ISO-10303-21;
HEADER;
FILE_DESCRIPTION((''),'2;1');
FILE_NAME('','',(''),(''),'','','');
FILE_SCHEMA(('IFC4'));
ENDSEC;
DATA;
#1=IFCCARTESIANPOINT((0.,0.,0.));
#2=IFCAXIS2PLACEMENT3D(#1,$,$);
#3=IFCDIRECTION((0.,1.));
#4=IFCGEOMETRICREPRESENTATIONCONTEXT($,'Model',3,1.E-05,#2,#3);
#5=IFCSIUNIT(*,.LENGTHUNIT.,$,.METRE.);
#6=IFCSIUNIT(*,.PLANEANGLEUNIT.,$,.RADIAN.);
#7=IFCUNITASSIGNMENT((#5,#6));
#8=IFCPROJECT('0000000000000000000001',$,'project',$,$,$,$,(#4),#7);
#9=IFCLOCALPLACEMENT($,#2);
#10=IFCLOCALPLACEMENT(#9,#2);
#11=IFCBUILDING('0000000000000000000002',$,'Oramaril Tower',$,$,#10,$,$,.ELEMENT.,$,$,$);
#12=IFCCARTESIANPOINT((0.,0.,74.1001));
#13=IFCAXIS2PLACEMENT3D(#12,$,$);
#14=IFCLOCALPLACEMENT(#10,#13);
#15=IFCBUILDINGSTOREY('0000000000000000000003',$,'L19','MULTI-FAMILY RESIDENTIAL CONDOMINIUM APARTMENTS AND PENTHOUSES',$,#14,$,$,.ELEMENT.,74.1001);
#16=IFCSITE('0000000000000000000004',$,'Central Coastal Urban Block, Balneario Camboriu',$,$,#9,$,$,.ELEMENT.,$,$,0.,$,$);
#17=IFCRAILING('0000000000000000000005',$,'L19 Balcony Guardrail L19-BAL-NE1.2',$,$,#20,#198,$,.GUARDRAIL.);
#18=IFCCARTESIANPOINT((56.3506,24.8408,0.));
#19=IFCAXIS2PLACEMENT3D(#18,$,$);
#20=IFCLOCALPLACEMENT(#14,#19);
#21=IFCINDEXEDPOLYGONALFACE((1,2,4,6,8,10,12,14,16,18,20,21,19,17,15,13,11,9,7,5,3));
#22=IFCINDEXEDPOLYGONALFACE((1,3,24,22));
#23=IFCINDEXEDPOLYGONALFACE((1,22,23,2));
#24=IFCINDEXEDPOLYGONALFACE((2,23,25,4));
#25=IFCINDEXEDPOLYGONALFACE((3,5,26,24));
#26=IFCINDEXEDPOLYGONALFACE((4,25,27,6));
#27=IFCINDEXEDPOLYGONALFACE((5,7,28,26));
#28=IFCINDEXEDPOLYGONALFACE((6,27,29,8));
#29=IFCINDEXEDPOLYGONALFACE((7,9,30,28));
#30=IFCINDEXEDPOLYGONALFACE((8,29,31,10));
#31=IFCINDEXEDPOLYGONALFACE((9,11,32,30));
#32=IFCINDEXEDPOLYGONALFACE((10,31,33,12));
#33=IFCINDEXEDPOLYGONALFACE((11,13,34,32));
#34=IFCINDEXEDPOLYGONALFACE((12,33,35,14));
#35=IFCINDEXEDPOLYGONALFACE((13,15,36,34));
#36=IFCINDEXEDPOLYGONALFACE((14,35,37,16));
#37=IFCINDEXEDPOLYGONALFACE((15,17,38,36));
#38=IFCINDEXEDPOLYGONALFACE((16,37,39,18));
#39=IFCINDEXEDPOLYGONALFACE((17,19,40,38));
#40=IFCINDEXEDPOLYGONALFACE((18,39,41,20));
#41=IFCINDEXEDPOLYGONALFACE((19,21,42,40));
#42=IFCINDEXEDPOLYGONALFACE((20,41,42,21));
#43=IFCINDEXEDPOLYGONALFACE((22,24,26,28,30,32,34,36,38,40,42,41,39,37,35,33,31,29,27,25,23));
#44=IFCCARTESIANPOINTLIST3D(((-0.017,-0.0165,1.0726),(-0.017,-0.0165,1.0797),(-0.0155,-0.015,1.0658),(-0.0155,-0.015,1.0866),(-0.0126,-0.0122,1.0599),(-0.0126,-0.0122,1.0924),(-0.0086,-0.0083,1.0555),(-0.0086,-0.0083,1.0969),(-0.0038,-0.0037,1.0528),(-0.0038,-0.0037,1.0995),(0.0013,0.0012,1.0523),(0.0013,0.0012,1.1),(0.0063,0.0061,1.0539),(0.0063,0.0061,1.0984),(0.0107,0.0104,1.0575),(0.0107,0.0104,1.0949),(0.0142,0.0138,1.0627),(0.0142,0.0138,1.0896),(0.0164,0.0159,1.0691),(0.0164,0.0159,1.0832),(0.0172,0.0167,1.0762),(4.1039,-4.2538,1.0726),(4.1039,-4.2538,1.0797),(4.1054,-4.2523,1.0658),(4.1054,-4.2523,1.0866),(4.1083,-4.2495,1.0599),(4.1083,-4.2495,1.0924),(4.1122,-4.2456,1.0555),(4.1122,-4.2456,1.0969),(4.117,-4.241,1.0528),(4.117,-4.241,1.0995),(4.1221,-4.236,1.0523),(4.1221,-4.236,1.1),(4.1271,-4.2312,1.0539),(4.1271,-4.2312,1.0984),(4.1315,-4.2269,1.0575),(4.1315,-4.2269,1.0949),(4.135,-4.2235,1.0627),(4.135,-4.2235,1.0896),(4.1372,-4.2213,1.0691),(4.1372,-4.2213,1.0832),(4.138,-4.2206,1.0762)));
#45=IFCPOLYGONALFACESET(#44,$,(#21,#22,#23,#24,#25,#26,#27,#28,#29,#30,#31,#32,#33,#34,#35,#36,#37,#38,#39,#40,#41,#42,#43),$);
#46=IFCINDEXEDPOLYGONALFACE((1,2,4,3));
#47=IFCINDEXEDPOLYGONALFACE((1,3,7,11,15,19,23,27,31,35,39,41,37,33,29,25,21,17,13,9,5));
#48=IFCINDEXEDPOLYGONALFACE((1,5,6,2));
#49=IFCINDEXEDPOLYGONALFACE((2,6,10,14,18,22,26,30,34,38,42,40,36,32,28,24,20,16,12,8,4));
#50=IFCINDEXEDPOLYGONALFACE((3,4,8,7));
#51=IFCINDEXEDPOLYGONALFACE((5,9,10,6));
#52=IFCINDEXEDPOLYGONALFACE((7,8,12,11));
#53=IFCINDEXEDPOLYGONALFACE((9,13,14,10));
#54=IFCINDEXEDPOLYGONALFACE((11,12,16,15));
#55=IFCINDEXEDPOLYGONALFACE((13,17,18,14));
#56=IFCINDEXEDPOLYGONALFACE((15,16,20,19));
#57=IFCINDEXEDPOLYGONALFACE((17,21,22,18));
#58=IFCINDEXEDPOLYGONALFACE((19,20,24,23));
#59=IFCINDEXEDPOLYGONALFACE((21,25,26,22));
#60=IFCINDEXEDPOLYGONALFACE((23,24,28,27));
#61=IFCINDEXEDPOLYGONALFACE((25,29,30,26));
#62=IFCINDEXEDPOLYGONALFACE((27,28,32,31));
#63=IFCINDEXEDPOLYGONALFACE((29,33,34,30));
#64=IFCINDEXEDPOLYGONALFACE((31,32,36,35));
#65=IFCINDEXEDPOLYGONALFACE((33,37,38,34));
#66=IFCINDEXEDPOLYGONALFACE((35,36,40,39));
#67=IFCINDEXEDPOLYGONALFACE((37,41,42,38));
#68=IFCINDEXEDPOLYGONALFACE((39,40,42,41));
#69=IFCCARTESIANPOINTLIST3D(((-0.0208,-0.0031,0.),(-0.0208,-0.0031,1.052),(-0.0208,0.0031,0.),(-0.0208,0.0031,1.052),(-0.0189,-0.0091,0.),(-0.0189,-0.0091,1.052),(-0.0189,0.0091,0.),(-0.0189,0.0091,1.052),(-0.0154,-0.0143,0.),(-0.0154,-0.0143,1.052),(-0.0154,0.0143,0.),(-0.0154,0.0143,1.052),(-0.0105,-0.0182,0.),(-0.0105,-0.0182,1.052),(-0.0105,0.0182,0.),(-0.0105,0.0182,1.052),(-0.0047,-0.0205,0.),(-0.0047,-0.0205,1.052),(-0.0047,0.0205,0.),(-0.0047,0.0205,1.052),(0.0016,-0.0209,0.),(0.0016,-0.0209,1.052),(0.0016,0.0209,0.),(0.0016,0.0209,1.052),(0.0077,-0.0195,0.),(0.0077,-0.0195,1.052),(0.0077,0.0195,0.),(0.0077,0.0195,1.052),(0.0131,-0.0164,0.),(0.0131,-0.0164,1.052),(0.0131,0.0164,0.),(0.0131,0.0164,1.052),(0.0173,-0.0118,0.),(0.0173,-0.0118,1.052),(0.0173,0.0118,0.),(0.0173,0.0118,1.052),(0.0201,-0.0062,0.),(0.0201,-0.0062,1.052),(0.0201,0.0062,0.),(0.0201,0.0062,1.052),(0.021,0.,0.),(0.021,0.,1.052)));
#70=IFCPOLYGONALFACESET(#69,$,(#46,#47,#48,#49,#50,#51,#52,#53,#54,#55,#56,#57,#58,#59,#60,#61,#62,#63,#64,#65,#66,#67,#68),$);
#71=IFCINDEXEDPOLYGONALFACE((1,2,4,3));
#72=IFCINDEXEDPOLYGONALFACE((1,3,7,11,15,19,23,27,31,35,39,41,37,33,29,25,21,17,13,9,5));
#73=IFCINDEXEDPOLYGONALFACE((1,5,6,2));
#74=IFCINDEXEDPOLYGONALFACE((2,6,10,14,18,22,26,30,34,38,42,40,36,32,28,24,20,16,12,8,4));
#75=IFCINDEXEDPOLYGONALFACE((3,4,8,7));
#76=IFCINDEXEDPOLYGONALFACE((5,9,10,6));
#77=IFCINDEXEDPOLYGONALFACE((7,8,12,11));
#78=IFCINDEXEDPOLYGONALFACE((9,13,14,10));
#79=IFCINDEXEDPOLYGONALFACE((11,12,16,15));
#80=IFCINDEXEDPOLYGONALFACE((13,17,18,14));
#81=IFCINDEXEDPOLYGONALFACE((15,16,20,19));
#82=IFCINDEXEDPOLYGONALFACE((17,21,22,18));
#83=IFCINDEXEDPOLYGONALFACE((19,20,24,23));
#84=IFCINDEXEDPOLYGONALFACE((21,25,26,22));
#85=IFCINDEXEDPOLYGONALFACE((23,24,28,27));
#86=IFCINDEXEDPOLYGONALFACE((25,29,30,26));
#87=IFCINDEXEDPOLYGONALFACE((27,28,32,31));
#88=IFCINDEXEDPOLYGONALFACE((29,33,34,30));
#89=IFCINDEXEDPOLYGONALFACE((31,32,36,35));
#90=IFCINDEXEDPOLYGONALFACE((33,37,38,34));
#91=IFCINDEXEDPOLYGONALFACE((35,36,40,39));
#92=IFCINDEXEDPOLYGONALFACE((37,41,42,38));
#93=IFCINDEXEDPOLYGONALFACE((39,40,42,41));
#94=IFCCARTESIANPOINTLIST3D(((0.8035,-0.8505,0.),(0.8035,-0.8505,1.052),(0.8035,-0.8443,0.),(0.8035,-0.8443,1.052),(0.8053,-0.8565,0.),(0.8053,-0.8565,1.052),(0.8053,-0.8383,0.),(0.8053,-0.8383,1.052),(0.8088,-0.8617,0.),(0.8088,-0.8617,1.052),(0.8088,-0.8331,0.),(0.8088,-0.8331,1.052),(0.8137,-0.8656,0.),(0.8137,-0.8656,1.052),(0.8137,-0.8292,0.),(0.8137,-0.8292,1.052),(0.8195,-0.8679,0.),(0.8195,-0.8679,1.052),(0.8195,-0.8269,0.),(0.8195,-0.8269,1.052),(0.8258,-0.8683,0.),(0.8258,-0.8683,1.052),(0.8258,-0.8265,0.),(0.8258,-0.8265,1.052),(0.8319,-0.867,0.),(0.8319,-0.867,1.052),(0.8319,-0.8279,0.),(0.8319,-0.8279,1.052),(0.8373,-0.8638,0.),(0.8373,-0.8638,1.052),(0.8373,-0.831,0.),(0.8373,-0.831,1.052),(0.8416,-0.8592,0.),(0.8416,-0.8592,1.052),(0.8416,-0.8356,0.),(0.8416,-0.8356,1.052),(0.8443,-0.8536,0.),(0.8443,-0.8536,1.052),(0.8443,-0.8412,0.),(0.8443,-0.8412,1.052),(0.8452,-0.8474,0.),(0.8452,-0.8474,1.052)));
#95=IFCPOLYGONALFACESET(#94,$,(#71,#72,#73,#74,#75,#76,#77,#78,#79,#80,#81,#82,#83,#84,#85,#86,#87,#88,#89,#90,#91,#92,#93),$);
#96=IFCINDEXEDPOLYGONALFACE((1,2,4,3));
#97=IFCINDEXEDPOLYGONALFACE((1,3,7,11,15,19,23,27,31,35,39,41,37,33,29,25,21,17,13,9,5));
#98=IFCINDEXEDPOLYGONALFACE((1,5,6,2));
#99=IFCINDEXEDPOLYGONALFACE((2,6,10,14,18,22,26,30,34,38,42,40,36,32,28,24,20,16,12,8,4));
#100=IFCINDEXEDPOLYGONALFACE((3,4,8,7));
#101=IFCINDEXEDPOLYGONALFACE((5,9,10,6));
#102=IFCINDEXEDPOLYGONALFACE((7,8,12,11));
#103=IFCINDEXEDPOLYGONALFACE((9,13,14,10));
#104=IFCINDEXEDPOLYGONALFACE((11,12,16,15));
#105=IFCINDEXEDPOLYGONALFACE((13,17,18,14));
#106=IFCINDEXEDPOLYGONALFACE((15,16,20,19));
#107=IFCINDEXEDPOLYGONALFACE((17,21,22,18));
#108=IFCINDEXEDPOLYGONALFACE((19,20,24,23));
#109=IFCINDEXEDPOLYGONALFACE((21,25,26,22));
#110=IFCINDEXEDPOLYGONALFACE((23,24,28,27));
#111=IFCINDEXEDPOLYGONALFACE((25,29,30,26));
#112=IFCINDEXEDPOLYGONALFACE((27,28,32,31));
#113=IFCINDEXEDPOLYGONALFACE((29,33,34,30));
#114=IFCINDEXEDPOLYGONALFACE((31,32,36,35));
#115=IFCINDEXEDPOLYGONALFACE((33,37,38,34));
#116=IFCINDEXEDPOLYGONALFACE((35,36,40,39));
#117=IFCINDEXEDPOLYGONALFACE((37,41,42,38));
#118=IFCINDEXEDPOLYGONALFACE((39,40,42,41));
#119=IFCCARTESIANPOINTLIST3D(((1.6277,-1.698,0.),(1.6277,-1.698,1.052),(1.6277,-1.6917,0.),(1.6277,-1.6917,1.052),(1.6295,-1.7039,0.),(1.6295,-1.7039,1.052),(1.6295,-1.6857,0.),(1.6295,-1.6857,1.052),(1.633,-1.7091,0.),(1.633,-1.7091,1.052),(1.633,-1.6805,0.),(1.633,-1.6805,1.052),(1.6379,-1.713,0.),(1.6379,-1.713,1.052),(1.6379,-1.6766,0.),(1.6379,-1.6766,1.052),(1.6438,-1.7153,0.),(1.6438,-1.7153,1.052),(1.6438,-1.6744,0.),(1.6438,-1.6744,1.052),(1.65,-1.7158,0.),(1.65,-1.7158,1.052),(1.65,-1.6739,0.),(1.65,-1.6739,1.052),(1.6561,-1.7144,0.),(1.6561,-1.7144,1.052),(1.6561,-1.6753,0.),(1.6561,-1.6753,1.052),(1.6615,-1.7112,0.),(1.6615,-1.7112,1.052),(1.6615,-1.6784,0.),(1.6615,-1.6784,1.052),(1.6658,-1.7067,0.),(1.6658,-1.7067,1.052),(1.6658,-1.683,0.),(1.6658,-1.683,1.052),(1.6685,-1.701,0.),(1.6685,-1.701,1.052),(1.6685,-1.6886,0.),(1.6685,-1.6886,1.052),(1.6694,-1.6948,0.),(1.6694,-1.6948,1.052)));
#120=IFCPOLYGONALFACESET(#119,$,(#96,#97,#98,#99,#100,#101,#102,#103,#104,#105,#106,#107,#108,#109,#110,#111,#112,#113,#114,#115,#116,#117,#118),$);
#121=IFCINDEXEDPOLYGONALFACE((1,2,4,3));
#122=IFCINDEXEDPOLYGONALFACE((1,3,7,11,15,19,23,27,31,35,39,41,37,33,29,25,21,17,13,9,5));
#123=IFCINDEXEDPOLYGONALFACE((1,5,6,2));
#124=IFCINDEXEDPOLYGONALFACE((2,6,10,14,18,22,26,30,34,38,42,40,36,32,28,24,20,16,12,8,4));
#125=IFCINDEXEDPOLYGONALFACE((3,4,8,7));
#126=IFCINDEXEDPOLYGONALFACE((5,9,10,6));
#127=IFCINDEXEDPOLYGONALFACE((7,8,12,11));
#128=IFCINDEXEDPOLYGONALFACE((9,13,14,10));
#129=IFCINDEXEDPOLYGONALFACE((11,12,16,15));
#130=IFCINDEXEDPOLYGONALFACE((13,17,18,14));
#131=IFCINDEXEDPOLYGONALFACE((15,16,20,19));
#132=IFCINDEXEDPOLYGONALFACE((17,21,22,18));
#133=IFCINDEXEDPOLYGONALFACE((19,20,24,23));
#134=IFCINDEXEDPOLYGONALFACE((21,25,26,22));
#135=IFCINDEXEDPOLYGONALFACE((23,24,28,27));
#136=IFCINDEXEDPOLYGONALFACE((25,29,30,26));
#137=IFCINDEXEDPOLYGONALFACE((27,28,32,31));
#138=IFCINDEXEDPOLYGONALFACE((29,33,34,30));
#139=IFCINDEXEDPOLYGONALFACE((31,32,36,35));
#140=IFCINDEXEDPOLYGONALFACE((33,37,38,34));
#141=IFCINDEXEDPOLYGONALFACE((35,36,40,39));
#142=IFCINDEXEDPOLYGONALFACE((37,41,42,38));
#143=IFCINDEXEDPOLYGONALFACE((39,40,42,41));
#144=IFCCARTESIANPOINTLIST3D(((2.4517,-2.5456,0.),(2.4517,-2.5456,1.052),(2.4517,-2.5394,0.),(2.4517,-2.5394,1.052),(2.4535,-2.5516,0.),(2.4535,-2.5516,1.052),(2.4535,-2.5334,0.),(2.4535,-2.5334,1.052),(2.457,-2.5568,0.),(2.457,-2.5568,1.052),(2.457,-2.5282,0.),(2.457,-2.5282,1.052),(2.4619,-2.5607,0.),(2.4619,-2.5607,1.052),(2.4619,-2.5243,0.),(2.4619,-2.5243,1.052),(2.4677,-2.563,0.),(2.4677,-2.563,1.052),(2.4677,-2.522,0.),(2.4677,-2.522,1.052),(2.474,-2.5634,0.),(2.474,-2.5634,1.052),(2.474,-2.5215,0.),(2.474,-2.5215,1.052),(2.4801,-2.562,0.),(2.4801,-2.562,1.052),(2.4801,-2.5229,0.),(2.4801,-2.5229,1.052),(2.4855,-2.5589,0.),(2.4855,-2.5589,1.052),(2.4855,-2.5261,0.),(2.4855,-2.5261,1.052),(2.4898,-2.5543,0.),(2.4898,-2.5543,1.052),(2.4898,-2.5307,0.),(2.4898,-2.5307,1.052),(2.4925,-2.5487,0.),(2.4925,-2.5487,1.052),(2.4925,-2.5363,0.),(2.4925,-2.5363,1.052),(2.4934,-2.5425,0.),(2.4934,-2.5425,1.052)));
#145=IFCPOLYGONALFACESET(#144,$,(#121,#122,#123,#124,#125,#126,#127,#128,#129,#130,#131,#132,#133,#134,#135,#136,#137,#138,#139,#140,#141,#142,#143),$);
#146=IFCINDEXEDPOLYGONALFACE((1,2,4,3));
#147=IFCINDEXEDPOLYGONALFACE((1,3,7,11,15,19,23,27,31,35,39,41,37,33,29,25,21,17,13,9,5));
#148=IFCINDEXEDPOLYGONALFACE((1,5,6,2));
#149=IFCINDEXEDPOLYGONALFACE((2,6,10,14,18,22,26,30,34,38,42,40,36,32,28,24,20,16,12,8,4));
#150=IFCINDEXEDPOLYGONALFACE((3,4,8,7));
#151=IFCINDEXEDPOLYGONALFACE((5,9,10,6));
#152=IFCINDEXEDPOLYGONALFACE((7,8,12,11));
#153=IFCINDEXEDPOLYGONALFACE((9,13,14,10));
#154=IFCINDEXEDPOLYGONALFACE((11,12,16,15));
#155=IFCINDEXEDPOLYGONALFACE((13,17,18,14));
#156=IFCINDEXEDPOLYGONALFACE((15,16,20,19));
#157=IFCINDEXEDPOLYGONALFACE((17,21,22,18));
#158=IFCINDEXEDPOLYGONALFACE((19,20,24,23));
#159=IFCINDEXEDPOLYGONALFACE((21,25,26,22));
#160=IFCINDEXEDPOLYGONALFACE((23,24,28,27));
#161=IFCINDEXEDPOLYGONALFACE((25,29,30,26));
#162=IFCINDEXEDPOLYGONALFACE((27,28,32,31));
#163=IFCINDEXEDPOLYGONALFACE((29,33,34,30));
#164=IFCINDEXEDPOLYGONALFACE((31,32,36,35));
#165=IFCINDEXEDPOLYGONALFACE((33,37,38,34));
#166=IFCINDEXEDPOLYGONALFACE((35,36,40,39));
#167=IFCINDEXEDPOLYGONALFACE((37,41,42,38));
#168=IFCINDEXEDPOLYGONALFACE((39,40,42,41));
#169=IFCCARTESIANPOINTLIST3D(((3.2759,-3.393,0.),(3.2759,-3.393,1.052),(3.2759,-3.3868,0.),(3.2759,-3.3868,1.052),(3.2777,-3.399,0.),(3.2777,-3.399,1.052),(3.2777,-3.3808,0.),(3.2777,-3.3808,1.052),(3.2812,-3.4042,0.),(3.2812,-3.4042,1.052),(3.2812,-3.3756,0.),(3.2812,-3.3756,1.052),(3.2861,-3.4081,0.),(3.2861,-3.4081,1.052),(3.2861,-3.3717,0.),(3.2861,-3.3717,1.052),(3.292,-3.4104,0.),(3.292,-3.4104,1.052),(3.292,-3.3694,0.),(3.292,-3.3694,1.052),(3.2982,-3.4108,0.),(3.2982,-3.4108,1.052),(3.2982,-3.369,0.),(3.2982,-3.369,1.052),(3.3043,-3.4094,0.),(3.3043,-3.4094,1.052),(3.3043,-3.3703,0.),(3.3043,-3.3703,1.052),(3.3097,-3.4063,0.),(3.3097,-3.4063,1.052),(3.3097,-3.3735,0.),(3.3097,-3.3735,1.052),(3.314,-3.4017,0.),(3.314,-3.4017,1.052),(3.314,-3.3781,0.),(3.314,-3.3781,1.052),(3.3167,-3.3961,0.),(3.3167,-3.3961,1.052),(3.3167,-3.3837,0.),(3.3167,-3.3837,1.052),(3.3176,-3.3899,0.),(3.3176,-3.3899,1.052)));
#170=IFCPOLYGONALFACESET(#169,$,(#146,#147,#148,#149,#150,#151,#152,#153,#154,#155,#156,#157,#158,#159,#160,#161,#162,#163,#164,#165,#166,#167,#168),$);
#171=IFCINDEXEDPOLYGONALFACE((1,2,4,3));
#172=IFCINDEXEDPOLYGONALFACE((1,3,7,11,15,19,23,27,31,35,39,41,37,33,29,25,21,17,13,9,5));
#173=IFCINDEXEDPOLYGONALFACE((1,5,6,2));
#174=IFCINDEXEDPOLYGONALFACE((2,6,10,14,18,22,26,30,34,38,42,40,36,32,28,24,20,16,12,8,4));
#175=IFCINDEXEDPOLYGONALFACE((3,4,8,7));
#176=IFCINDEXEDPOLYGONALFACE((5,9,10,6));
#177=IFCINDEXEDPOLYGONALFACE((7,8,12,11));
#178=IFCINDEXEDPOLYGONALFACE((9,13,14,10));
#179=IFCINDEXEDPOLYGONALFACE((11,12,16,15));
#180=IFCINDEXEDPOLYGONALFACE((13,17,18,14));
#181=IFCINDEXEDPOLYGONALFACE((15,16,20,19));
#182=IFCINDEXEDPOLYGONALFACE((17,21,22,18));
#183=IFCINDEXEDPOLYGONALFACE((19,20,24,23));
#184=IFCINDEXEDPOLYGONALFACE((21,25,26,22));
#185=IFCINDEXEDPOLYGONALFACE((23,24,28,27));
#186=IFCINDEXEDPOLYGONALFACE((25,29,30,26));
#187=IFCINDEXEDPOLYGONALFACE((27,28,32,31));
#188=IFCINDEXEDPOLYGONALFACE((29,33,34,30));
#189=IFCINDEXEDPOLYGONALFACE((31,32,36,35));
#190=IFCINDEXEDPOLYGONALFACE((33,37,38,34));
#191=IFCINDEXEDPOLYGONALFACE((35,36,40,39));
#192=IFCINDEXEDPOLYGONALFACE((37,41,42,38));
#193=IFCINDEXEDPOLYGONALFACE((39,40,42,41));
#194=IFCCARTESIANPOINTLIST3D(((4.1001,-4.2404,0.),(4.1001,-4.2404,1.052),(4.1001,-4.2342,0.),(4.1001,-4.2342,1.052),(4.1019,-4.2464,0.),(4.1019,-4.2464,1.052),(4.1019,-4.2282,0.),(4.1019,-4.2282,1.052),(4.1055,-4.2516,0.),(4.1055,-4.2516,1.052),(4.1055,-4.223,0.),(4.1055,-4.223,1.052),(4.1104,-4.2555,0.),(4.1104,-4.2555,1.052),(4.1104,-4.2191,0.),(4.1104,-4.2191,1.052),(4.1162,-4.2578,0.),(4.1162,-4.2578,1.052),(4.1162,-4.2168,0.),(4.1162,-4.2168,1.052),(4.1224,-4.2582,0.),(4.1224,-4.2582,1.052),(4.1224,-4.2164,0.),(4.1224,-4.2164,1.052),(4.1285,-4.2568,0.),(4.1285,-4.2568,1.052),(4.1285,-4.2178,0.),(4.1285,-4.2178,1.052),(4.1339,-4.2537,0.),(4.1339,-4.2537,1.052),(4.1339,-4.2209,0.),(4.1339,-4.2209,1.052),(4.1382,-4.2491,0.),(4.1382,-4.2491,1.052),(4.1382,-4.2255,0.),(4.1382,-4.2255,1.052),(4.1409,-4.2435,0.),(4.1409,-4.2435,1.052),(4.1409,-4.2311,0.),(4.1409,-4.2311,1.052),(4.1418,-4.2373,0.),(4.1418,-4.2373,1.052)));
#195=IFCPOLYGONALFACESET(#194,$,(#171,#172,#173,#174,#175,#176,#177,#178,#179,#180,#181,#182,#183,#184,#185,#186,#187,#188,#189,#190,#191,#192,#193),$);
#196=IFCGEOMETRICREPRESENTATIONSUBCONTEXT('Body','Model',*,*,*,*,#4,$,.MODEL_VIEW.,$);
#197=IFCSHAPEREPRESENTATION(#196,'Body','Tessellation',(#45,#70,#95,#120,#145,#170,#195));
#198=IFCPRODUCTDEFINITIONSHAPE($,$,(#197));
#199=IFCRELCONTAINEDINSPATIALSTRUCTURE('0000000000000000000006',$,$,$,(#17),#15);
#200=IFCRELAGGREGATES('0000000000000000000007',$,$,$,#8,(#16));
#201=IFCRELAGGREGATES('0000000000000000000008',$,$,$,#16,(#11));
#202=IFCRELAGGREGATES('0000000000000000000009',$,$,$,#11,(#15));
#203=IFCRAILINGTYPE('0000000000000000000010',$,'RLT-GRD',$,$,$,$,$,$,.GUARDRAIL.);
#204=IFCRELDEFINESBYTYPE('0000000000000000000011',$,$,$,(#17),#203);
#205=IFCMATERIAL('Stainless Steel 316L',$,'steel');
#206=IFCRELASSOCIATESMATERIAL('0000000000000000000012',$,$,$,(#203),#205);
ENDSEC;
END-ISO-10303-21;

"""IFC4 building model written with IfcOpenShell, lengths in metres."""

from ifc_helpers import new_model, si_unit, direction, frame, origin, origin_2d, place, context, subcontext, project, spatial, circle, extrude, material, type_object, element, save


model = new_model("IFC4")

# Units and contexts
model_context = context("Model", 3, precision=1e-05, world=origin(), true_north=direction((0.0, 1.0)))
body_context = subcontext(model_context, "Body", "Model", "MODEL_VIEW")
ifc_project = project(units=[si_unit("LENGTHUNIT", "METRE"), si_unit("PLANEANGLEUNIT", "RADIAN")], contexts=[model_context])

# Site, building, storey
site_placement = place(None, origin())
site = spatial("IfcSite", under=ifc_project, at=site_placement, Name="Central Coastal Urban Block, Balneario Camboriu", CompositionType="ELEMENT", RefElevation=0.0)
building_placement = place(site_placement, origin())
building = spatial("IfcBuilding", under=site, at=building_placement, Name="Oramaril Tower", CompositionType="ELEMENT")
storey_placement = place(building_placement, frame((0.0, 0.0, 74.1001)))
storey = spatial("IfcBuildingStorey", under=building, at=storey_placement, Name="L19", Description="MULTI-FAMILY RESIDENTIAL CONDOMINIUM APARTMENTS AND PENTHOUSES", CompositionType="ELEMENT", Elevation=74.1001)

# Railing
ifc_material_1 = material(Name="Stainless Steel 316L", Category="steel")
railing_type = type_object("IfcRailingType", Name="RLT-GRD", PredefinedType="GUARDRAIL", material=ifc_material_1)
railing_1_placement = place(storey_placement, frame((56.3506, 24.8408, 0.0)))
element("IfcRailing", 1, at=railing_1_placement, inside=storey, type_object=railing_type, Name="L19 Balcony Guardrail L19-BAL-NE1.2", PredefinedType="GUARDRAIL", context=body_context, shape_type="SweptSolid", body=[
    extrude(circle(Radius=0.0239, at=origin_2d()), frame((0.0, 0.0, 1.0762), z_axis=(0.697187, -0.716889, 0.0), x_axis=(0.716889, 0.697187, 0.0)), (0.0, 0.0, 1.0), 5.9106),
    extrude(circle(Radius=0.021, at=origin_2d()), origin(), (0.0, 0.0, 1.0), 1.052),
    extrude(circle(Radius=0.021, at=origin_2d()), frame((0.8242, -0.8474, 0.0)), (0.0, 0.0, 1.0), 1.052),
    extrude(circle(Radius=0.021, at=origin_2d()), frame((1.6484, -1.6948, 0.0)), (0.0, 0.0, 1.0), 1.052),
    extrude(circle(Radius=0.021, at=origin_2d()), frame((2.4724, -2.5425, 0.0)), (0.0, 0.0, 1.0), 1.052),
    extrude(circle(Radius=0.021, at=origin_2d()), frame((3.2966, -3.3899, 0.0)), (0.0, 0.0, 1.0), 1.052),
    extrude(circle(Radius=0.021, at=origin_2d()), frame((4.1208, -4.2373, 0.0)), (0.0, 0.0, 1.0), 1.052),
])

save(model, "model.ifc")
